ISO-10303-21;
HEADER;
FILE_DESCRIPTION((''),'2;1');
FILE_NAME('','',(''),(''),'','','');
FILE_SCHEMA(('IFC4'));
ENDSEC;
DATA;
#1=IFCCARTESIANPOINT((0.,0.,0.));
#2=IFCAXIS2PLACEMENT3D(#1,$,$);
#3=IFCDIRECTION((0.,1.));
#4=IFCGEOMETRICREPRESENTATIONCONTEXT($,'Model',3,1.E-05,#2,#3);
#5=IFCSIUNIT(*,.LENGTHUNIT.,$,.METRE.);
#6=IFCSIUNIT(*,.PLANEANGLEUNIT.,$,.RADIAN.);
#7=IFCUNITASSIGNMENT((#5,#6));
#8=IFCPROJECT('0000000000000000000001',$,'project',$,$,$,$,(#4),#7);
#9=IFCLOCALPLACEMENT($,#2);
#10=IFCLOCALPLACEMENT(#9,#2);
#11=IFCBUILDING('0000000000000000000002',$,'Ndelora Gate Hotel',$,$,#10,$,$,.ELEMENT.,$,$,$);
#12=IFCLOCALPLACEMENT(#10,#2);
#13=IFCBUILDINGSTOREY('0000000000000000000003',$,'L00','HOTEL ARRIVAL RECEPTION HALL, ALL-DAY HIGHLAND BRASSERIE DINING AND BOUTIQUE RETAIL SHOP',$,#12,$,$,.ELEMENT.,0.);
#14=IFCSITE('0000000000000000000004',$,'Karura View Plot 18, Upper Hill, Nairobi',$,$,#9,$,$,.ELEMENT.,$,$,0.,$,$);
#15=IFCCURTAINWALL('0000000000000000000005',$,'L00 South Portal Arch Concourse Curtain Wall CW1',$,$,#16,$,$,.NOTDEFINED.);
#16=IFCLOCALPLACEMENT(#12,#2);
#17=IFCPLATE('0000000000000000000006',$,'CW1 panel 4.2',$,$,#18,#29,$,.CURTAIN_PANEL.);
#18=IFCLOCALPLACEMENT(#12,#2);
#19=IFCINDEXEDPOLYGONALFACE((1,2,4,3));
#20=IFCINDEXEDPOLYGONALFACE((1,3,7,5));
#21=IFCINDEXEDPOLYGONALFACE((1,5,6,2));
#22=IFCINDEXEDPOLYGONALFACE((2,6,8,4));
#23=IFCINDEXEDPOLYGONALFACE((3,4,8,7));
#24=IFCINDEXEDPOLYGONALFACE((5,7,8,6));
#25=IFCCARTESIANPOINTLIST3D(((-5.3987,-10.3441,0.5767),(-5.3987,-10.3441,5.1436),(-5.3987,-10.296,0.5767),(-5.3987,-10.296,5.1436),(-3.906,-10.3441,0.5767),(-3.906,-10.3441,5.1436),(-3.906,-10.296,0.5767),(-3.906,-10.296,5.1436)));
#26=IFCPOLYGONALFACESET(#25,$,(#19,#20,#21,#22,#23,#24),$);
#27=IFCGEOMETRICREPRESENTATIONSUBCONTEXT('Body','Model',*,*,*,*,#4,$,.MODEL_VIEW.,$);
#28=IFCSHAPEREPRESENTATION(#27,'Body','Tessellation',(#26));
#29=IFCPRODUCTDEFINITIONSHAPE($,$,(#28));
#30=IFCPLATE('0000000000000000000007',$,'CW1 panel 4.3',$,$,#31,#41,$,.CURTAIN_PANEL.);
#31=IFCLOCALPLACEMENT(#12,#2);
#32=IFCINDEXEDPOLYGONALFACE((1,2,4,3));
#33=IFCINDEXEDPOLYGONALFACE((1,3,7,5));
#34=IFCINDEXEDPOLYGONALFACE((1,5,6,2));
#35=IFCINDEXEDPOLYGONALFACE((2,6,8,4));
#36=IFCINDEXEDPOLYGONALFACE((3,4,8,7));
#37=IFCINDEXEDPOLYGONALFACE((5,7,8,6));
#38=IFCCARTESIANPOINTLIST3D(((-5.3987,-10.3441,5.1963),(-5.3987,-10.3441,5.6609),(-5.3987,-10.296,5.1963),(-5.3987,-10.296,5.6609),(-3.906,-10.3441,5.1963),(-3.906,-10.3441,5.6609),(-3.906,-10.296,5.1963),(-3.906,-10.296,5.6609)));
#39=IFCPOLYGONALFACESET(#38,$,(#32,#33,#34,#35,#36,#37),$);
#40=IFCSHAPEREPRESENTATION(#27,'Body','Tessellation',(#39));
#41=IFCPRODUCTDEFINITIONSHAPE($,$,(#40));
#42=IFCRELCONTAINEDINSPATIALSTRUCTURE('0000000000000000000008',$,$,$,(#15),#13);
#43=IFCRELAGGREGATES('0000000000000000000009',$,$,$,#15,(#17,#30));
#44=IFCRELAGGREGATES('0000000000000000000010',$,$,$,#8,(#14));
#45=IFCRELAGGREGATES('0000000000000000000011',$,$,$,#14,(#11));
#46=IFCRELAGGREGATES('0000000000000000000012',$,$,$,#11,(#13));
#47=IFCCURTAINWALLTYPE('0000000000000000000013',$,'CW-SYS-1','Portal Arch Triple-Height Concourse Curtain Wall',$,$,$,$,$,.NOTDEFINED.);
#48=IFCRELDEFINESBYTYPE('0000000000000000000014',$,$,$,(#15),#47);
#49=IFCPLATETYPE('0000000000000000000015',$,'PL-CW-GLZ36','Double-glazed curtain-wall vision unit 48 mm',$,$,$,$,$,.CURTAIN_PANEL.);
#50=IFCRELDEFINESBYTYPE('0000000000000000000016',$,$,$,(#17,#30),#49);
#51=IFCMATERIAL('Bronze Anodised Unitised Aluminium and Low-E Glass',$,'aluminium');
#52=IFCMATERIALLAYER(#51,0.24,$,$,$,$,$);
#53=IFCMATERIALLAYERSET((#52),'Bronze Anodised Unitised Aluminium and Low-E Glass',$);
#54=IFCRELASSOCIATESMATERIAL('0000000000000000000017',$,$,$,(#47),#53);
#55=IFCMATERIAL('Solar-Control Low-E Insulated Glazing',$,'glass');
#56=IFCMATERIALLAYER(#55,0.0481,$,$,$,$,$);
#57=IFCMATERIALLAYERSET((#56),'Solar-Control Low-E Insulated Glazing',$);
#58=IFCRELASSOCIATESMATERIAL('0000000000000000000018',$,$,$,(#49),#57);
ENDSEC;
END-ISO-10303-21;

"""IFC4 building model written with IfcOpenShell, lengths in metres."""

from ifc_helpers import new_model, si_unit, direction, frame, origin, origin_2d, place, context, subcontext, project, spatial, rectangle, extrude, material, layer, layer_set, type_object, element, aggregate, save


model = new_model("IFC4")

# Units and contexts
model_context = context("Model", 3, precision=1e-05, world=origin(), true_north=direction((0.0, 1.0)))
body_context = subcontext(model_context, "Body", "Model", "MODEL_VIEW")
ifc_project = project(units=[si_unit("LENGTHUNIT", "METRE"), si_unit("PLANEANGLEUNIT", "RADIAN")], contexts=[model_context])

# Site, building, storey
site_placement = place(None, origin())
site = spatial("IfcSite", under=ifc_project, at=site_placement, Name="Karura View Plot 18, Upper Hill, Nairobi", CompositionType="ELEMENT", RefElevation=0.0)
building_placement = place(site_placement, origin())
building = spatial("IfcBuilding", under=site, at=building_placement, Name="Ndelora Gate Hotel", CompositionType="ELEMENT")
storey_placement = place(building_placement, origin())
storey = spatial("IfcBuildingStorey", under=building, at=storey_placement, Name="L00", Description="HOTEL ARRIVAL RECEPTION HALL, ALL-DAY HIGHLAND BRASSERIE DINING AND BOUTIQUE RETAIL SHOP", CompositionType="ELEMENT", Elevation=0.0)

# Curtain wall, plates
ifc_material_1 = material(Name="Bronze Anodised Unitised Aluminium and Low-E Glass", Category="aluminium")
ifc_layer_1 = layer(ifc_material_1, 0.24)
ifc_layer_set_1 = layer_set([ifc_layer_1], Name="Bronze Anodised Unitised Aluminium and Low-E Glass")
curtain_wall_type = type_object("IfcCurtainWallType", Name="CW-SYS-1", Description="Portal Arch Triple-Height Concourse Curtain Wall", PredefinedType="NOTDEFINED", material=ifc_layer_set_1)
curtain_wall_placement = place(storey_placement, origin())
curtain_wall = element("IfcCurtainWall", 1, at=curtain_wall_placement, inside=storey, type_object=curtain_wall_type, Name="L00 South Portal Arch Concourse Curtain Wall CW1", PredefinedType="NOTDEFINED")
ifc_material_2 = material(Name="Solar-Control Low-E Insulated Glazing", Category="glass")
ifc_layer_2 = layer(ifc_material_2, 0.0481)
ifc_layer_set_2 = layer_set([ifc_layer_2], Name="Solar-Control Low-E Insulated Glazing")
plate_type = type_object("IfcPlateType", Name="PL-CW-GLZ36", Description="Double-glazed curtain-wall vision unit 48 mm", PredefinedType="CURTAIN_PANEL", material=ifc_layer_set_2)
plate_1_placement = place(storey_placement, frame((-4.6523, -10.3201, 0.5767), z_axis=(0.0, 0.0, 1.0), x_axis=(1.0, 0.0, 0.0)))
plate_1 = element("IfcPlate", 2, at=plate_1_placement, type_object=plate_type, Name="CW1 panel 4.2", PredefinedType="CURTAIN_PANEL", context=body_context, shape_type="SweptSolid", body=[
    extrude(rectangle(XDim=1.4927, YDim=0.0481, at=origin_2d()), origin(), (0.0, 0.0, 1.0), 4.5669),
])
plate_2_placement = place(storey_placement, frame((-4.6523, -10.3201, 5.1963), z_axis=(0.0, 0.0, 1.0), x_axis=(1.0, 0.0, 0.0)))
plate_2 = element("IfcPlate", 3, at=plate_2_placement, type_object=plate_type, Name="CW1 panel 4.3", PredefinedType="CURTAIN_PANEL", context=body_context, shape_type="SweptSolid", body=[
    extrude(rectangle(XDim=1.4927, YDim=0.0481, at=origin_2d()), origin(), (0.0, 0.0, 1.0), 0.4646),
])
aggregate(curtain_wall, [plate_1, plate_2])

save(model, "model.ifc")
